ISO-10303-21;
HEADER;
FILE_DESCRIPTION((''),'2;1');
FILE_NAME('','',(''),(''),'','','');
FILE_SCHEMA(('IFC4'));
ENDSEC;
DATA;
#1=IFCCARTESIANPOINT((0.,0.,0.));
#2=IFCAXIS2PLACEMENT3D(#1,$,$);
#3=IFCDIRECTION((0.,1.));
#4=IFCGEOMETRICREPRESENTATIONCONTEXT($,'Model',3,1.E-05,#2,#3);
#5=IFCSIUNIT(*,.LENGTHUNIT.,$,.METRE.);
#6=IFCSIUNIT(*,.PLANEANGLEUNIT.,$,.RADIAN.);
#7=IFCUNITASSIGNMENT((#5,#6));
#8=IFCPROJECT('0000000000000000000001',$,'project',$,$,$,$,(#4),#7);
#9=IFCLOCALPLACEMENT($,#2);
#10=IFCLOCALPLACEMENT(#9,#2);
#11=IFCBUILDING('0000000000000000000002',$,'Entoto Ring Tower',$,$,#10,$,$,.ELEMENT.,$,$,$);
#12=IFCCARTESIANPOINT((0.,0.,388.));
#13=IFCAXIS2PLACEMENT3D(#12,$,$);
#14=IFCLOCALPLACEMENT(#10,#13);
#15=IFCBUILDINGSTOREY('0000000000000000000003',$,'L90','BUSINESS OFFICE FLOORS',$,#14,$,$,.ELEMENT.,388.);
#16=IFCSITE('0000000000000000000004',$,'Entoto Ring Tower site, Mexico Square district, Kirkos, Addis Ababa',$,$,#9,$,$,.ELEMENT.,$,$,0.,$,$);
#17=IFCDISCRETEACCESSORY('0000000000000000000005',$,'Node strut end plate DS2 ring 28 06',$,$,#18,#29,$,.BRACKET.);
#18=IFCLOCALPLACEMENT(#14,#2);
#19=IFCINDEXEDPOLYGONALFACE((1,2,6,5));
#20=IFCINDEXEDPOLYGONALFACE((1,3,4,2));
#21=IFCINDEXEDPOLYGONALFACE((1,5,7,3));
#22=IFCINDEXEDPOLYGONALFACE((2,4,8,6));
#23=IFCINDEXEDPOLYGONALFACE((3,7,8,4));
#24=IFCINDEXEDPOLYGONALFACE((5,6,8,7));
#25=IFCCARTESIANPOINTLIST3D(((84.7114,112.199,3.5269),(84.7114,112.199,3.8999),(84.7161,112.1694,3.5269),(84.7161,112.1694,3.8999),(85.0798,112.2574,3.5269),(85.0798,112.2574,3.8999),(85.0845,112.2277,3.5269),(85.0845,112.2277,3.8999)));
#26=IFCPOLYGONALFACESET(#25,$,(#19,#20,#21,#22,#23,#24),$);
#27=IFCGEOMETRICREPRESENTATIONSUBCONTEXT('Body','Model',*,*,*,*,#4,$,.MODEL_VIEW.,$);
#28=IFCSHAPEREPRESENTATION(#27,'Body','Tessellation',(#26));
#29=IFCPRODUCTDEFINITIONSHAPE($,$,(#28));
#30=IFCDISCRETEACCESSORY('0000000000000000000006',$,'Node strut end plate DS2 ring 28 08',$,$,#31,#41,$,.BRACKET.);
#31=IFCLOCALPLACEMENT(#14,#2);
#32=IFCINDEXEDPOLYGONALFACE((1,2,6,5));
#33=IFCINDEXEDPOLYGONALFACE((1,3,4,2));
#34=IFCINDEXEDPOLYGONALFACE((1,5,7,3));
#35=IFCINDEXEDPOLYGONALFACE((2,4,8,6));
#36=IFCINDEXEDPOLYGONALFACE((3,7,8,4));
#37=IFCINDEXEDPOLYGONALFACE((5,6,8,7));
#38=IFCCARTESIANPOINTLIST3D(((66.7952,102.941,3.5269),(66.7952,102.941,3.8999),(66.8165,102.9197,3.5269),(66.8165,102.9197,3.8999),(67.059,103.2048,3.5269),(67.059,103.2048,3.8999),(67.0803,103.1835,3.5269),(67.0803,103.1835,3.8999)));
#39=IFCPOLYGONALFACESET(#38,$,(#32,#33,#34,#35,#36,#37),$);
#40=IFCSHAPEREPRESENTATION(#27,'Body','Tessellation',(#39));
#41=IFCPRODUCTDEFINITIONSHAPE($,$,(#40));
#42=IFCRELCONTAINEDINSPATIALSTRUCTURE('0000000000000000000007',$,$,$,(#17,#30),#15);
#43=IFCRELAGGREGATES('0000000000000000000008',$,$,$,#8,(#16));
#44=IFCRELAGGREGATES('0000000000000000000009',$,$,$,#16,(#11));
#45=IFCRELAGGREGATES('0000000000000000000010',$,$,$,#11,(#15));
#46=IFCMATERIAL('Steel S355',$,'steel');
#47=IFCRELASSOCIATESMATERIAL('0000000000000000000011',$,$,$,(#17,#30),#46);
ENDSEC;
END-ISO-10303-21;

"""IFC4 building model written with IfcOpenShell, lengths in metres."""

from ifc_helpers import new_model, si_unit, direction, frame, origin, origin_2d, place, context, subcontext, project, spatial, rectangle, extrude, material, element, save


model = new_model("IFC4")

# Units and contexts
model_context = context("Model", 3, precision=1e-05, world=origin(), true_north=direction((0.0, 1.0)))
body_context = subcontext(model_context, "Body", "Model", "MODEL_VIEW")
ifc_project = project(units=[si_unit("LENGTHUNIT", "METRE"), si_unit("PLANEANGLEUNIT", "RADIAN")], contexts=[model_context])

# Site, building, storey
site_placement = place(None, origin())
site = spatial("IfcSite", under=ifc_project, at=site_placement, Name="Entoto Ring Tower site, Mexico Square district, Kirkos, Addis Ababa", CompositionType="ELEMENT", RefElevation=0.0)
building_placement = place(site_placement, origin())
building = spatial("IfcBuilding", under=site, at=building_placement, Name="Entoto Ring Tower", CompositionType="ELEMENT")
storey_placement = place(building_placement, frame((0.0, 0.0, 388.0)))
storey = spatial("IfcBuildingStorey", under=building, at=storey_placement, Name="L90", Description="BUSINESS OFFICE FLOORS", CompositionType="ELEMENT", Elevation=388.0)

# Discrete accessories
ifc_material_1 = material(Name="Steel S355", Category="steel")
for number, where, z_axis, x_axis, name in (
    (1, (84.8979, 112.2134, 3.5269), (0.0, 0.0, 1.0), (-0.156434, 0.987688, 0.0), "Node strut end plate DS2 ring 28 06"),
    (2, (66.9377, 103.0623, 3.5269), (0.0, 0.0, 1.0), (-0.707107, 0.707107, 0.0), "Node strut end plate DS2 ring 28 08"),
):
    element("IfcDiscreteAccessory", number, at=place(storey_placement, frame(where, z_axis=z_axis, x_axis=x_axis)), inside=storey, material=ifc_material_1, Name=name, PredefinedType="BRACKET", context=body_context, shape_type="SweptSolid", body=[
        extrude(rectangle(XDim=0.03, YDim=0.373, at=origin_2d()), origin(), (0.0, 0.0, 1.0), 0.373),
    ])

save(model, "model.ifc")
